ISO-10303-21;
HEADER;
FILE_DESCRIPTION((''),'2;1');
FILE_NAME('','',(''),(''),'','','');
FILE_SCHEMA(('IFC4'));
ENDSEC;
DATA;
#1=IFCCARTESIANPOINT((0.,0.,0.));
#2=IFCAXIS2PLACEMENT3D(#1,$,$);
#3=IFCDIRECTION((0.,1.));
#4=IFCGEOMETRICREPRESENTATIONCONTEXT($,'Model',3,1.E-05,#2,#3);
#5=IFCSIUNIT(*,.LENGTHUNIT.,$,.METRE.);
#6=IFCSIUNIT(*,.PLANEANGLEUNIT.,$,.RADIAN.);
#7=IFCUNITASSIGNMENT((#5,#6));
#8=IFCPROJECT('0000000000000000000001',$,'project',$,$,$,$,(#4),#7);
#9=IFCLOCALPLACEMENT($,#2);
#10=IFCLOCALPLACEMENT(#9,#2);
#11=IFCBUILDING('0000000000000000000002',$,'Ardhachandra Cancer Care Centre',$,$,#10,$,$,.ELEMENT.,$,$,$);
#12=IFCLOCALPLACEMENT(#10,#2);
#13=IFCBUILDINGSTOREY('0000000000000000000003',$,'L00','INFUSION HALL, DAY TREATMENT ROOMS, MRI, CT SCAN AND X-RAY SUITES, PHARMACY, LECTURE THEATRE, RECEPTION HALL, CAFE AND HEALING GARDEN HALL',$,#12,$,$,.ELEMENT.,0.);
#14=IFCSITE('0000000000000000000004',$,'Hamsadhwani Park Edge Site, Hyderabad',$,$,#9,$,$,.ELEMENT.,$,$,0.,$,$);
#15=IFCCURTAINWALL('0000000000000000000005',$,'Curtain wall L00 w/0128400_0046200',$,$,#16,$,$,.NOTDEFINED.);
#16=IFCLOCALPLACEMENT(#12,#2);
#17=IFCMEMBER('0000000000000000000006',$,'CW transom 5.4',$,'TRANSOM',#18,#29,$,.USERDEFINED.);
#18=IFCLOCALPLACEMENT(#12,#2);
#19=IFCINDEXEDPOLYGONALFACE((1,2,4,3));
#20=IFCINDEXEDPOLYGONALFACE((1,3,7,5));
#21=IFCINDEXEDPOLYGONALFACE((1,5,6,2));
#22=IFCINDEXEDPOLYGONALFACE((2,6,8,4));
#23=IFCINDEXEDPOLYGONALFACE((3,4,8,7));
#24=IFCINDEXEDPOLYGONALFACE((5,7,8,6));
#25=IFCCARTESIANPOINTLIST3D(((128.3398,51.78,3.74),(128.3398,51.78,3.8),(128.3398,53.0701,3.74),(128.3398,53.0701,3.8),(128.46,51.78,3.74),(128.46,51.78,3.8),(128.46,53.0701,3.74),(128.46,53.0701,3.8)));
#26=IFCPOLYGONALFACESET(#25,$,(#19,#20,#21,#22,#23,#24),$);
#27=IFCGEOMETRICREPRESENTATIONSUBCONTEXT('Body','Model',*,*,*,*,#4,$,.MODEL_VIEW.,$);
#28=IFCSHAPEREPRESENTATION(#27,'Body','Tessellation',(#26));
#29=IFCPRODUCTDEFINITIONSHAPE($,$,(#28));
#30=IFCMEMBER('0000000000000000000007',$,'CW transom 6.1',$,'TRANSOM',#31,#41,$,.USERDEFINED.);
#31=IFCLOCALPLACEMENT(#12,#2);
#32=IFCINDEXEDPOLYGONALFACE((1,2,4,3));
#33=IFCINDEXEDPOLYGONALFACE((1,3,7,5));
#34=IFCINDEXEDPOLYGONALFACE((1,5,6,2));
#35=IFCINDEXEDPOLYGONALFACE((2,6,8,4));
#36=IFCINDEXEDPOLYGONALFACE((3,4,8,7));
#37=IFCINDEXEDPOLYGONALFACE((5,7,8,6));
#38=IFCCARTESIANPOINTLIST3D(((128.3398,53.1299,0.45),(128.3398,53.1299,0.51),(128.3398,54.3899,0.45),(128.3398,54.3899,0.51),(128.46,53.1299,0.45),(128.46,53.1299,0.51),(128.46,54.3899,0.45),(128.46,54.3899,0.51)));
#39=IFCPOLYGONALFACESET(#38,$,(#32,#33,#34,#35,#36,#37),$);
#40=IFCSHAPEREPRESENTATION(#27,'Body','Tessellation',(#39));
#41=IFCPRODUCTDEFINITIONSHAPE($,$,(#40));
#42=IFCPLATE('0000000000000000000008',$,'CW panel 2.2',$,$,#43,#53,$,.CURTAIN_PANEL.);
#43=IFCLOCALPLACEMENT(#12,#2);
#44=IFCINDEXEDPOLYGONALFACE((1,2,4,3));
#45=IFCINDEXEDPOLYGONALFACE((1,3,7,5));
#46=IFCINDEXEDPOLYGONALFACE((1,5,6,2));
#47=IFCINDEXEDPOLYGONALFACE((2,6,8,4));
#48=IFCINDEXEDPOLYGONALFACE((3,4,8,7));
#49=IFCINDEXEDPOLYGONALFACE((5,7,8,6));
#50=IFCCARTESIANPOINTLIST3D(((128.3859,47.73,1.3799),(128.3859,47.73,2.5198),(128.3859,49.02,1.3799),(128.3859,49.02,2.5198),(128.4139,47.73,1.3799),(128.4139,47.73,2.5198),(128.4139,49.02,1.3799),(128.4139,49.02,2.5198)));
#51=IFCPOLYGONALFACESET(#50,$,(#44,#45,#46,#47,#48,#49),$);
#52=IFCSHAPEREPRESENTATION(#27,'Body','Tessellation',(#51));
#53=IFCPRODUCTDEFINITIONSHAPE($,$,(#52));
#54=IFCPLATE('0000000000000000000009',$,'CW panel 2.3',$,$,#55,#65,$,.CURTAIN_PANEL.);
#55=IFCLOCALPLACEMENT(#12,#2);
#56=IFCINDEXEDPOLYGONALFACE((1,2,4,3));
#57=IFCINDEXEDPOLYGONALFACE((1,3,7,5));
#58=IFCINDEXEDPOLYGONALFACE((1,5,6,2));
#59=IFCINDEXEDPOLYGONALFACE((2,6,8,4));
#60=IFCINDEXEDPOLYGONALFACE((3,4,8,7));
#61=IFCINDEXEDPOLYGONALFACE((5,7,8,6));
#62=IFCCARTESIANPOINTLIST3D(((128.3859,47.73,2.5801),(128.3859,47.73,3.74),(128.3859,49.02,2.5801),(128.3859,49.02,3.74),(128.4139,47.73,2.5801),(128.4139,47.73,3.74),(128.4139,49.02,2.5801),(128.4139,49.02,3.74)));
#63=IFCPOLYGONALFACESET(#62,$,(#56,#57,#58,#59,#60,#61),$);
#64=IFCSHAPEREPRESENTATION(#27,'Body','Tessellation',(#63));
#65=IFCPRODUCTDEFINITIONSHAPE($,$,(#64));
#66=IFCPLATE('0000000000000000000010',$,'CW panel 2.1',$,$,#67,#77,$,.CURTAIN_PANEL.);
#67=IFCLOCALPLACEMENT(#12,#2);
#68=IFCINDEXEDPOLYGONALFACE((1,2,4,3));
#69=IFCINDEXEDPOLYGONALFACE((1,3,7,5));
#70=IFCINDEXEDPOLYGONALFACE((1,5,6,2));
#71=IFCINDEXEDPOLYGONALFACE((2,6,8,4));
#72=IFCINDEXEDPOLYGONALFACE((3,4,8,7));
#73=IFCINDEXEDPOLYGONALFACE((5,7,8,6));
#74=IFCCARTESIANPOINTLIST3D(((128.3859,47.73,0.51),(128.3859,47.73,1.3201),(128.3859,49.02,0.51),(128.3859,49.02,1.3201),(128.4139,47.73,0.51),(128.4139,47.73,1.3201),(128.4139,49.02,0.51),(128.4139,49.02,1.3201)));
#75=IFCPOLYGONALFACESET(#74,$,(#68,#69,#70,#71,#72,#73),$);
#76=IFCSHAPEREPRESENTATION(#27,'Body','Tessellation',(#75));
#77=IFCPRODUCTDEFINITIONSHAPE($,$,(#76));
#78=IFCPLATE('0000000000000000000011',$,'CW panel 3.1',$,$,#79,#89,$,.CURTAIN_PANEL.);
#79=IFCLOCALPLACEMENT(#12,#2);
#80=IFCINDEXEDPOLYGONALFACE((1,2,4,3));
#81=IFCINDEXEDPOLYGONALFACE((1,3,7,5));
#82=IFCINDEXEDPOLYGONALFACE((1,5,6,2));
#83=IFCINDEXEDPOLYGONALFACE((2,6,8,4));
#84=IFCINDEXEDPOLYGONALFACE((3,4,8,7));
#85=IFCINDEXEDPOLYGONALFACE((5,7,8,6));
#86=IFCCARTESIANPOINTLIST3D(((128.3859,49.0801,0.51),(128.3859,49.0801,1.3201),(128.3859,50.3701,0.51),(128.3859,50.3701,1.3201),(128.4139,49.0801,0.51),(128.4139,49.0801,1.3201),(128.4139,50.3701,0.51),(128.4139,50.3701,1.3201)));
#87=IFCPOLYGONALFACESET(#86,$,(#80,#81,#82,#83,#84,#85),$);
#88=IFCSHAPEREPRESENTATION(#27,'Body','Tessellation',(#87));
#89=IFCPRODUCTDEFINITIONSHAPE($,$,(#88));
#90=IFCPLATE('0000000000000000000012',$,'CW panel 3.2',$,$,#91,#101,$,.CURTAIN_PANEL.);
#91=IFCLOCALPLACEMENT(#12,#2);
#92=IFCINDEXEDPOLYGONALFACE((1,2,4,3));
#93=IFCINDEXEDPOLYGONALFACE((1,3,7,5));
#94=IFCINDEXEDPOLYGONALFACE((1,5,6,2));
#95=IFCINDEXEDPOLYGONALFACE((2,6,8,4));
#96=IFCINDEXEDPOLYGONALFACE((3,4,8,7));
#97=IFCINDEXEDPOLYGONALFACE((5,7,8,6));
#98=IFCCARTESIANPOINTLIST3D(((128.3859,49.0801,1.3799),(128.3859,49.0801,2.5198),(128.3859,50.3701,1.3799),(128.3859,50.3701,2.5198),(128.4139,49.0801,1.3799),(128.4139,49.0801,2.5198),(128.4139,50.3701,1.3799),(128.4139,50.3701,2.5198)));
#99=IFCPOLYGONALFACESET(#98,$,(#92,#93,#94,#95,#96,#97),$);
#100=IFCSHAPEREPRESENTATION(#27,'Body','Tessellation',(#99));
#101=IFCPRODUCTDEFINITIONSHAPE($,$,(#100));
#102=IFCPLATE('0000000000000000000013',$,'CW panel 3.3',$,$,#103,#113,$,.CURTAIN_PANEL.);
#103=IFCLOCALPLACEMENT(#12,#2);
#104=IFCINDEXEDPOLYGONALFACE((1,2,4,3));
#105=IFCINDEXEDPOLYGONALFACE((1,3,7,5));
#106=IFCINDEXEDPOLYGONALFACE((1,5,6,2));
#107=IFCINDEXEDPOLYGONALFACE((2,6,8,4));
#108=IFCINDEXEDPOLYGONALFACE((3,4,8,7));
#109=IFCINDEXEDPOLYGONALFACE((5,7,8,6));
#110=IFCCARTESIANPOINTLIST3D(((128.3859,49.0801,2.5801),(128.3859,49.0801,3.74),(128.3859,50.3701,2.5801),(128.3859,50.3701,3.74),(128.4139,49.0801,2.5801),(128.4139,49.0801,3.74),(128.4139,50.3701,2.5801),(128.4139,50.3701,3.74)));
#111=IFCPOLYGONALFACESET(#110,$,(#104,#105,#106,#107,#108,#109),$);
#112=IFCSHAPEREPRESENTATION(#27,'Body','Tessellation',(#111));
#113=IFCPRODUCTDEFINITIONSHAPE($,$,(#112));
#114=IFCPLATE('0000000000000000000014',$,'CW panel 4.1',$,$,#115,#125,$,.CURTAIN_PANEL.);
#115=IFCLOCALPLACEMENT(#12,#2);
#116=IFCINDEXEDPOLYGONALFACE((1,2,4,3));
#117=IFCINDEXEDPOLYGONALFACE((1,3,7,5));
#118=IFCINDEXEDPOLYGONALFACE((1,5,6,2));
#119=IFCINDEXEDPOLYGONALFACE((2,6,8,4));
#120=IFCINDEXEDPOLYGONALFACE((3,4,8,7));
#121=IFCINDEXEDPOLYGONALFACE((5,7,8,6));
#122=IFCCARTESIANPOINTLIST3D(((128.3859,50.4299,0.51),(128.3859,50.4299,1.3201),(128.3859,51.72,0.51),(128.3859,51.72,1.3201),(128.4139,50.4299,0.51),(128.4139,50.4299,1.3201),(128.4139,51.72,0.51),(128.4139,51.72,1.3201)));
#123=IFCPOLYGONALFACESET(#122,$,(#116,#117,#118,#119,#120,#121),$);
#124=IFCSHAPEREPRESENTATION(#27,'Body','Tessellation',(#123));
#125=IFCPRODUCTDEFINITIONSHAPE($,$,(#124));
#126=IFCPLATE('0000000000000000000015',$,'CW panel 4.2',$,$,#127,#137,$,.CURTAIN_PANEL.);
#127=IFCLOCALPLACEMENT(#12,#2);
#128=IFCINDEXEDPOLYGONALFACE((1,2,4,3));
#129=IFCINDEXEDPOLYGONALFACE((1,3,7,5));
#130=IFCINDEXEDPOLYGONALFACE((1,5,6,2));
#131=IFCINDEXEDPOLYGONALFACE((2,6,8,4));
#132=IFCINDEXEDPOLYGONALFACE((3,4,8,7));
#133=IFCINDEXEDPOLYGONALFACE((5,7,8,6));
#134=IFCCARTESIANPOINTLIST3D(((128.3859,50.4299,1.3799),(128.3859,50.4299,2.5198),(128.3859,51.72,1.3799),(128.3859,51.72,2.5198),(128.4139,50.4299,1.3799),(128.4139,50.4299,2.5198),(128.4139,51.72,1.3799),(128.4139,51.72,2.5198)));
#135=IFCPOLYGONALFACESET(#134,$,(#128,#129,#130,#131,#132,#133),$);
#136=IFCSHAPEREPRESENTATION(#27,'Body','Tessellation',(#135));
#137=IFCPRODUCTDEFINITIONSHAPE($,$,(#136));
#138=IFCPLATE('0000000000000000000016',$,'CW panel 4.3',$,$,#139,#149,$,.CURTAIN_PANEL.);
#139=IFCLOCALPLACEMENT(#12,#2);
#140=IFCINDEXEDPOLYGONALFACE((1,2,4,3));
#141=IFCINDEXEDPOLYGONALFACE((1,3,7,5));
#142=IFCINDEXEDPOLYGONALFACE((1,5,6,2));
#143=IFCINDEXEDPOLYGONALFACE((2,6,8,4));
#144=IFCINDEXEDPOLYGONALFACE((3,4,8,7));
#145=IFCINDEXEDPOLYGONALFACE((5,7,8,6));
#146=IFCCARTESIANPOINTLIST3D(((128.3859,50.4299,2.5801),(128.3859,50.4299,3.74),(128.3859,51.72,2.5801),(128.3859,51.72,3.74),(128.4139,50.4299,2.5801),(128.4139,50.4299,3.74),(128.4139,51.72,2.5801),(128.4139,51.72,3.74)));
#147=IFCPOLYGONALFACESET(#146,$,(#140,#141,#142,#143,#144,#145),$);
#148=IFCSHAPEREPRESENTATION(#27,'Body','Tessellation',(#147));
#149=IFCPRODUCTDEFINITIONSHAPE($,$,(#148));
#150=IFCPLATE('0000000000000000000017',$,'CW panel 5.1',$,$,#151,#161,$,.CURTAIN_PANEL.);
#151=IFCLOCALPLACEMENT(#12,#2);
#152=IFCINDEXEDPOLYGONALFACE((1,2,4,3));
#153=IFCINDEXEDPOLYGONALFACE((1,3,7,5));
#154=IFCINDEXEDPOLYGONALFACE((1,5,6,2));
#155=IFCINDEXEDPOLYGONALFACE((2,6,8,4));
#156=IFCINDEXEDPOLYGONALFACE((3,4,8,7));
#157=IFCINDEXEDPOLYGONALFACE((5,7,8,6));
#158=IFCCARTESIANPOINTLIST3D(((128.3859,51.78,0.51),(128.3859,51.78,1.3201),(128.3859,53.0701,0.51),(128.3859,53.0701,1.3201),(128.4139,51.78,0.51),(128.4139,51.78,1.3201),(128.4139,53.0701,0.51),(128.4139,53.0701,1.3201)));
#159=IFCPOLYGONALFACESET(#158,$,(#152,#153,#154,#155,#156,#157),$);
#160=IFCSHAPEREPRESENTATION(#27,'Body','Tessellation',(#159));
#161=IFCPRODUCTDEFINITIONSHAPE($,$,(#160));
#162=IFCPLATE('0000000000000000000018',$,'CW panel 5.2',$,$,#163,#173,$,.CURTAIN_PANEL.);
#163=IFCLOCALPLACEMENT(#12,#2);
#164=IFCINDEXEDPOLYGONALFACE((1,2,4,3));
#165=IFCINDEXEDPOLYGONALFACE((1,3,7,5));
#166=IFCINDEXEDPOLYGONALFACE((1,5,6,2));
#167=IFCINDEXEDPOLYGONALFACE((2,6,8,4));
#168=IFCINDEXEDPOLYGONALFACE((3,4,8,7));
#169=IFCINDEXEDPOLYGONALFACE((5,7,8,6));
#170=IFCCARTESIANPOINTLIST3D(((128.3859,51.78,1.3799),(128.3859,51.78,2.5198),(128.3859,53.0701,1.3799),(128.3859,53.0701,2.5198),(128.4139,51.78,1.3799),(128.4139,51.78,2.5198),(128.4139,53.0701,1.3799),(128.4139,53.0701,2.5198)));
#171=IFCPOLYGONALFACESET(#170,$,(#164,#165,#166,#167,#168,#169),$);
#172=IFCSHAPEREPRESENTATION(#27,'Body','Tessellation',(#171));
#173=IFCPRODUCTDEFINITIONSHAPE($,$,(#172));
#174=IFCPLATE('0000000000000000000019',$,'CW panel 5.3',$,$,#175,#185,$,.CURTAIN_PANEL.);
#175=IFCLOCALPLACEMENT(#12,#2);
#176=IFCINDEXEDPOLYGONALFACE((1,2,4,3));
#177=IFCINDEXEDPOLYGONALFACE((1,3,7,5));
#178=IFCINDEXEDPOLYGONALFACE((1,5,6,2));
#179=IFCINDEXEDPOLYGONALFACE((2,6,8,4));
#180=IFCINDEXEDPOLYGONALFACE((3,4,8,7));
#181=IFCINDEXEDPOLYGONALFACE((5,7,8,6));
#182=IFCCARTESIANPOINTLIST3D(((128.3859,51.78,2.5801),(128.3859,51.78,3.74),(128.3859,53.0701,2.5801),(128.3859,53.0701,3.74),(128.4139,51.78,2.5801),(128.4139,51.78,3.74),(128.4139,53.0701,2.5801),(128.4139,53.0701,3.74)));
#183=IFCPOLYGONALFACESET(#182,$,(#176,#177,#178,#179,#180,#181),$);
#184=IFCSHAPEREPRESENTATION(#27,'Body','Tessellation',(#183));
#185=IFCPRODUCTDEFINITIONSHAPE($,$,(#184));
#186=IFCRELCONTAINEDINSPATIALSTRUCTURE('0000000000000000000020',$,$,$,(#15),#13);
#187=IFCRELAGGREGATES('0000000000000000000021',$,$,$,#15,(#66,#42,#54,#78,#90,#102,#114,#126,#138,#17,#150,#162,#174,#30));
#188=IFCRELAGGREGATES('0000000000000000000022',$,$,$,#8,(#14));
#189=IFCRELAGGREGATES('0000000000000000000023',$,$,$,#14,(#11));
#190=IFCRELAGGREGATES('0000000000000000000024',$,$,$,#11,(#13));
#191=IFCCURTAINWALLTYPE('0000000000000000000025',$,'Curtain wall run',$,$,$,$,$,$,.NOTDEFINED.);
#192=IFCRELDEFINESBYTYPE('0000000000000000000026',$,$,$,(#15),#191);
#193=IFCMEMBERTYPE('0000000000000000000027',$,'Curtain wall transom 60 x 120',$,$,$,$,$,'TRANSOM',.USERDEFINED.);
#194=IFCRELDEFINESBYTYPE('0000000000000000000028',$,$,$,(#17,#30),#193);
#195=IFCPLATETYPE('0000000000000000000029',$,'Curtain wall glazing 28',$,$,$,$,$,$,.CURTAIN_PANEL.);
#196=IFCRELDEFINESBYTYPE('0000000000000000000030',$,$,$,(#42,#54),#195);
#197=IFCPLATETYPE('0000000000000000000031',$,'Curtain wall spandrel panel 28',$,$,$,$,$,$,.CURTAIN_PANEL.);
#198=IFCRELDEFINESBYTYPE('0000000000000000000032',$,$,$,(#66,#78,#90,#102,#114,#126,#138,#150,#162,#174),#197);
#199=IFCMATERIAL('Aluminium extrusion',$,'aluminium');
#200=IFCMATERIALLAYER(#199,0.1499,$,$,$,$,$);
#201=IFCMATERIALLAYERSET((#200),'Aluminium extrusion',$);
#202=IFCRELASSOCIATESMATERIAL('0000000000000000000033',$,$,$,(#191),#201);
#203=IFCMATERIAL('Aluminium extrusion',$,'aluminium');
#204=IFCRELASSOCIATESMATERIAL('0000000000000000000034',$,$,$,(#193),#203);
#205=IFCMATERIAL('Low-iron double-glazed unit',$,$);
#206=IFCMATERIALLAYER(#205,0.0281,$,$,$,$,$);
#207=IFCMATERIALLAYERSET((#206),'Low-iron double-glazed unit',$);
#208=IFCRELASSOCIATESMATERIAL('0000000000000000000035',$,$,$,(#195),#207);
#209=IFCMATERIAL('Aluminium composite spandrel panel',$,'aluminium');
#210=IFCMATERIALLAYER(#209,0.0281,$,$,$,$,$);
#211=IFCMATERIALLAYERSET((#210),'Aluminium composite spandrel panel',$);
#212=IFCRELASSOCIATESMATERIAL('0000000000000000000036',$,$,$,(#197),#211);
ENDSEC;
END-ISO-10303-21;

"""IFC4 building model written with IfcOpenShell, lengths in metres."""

from ifc_helpers import new_model, si_unit, direction, frame, origin, origin_2d, place, context, subcontext, project, spatial, rectangle, extrude, material, layer, layer_set, material_profile, profile_set, type_object, element, aggregate, save


model = new_model("IFC4")

# Units and contexts
model_context = context("Model", 3, precision=1e-05, world=origin(), true_north=direction((0.0, 1.0)))
body_context = subcontext(model_context, "Body", "Model", "MODEL_VIEW")
ifc_project = project(units=[si_unit("LENGTHUNIT", "METRE"), si_unit("PLANEANGLEUNIT", "RADIAN")], contexts=[model_context])

# Site, building, storey
site_placement = place(None, origin())
site = spatial("IfcSite", under=ifc_project, at=site_placement, Name="Hamsadhwani Park Edge Site, Hyderabad", CompositionType="ELEMENT", RefElevation=0.0)
building_placement = place(site_placement, origin())
building = spatial("IfcBuilding", under=site, at=building_placement, Name="Ardhachandra Cancer Care Centre", CompositionType="ELEMENT")
storey_placement = place(building_placement, origin())
storey = spatial("IfcBuildingStorey", under=building, at=storey_placement, Name="L00", Description="INFUSION HALL, DAY TREATMENT ROOMS, MRI, CT SCAN AND X-RAY SUITES, PHARMACY, LECTURE THEATRE, RECEPTION HALL, CAFE AND HEALING GARDEN HALL", CompositionType="ELEMENT", Elevation=0.0)

# Curtain wall, members, plates
ifc_material_1 = material(Name="Aluminium extrusion", Category="aluminium")
ifc_layer_1 = layer(ifc_material_1, 0.1499)
ifc_layer_set_1 = layer_set([ifc_layer_1], Name="Aluminium extrusion")
curtain_wall_type = type_object("IfcCurtainWallType", Name="Curtain wall run", PredefinedType="NOTDEFINED", material=ifc_layer_set_1)
curtain_wall_placement = place(storey_placement, origin())
curtain_wall = element("IfcCurtainWall", 1, at=curtain_wall_placement, inside=storey, type_object=curtain_wall_type, Name="Curtain wall L00 w/0128400_0046200", PredefinedType="NOTDEFINED")
ifc_material_2 = material(Name="Aluminium extrusion", Category="aluminium")
ifc_material_profile_1 = material_profile(ifc_material_2, rectangle(XDim=0.1201, YDim=0.0601, at=origin_2d()), Name="Curtain wall transom 60 x 120")
ifc_profile_set_1 = profile_set([ifc_material_profile_1], Name="Aluminium extrusion")
member_type_1 = type_object("IfcMemberType", Name="Curtain wall transom 60 x 120", ElementType="TRANSOM", PredefinedType="USERDEFINED", material=ifc_profile_set_1)
member_1_placement = place(storey_placement, frame((128.3999, 51.78, 3.77), z_axis=(0.0, 1.0, 0.0), x_axis=(-1.0, 0.0, 0.0)))
member_1 = element("IfcMember", 2, at=member_1_placement, type_object=member_type_1, Name="CW transom 5.4", ObjectType="TRANSOM", PredefinedType="USERDEFINED", context=body_context, shape_type="SweptSolid", body=[
    extrude(rectangle(XDim=0.1201, YDim=0.0601, at=origin_2d()), origin(), (0.0, 0.0, 1.0), 1.29),
])
member_2_placement = place(storey_placement, frame((128.3999, 53.1299, 0.48), z_axis=(0.0, 1.0, 0.0), x_axis=(-1.0, 0.0, 0.0)))
member_2 = element("IfcMember", 3, at=member_2_placement, type_object=member_type_1, Name="CW transom 6.1", ObjectType="TRANSOM", PredefinedType="USERDEFINED", context=body_context, shape_type="SweptSolid", body=[
    extrude(rectangle(XDim=0.1201, YDim=0.0601, at=origin_2d()), origin(), (0.0, 0.0, 1.0), 1.26),
])
ifc_material_3 = material(Name="Low-iron double-glazed unit")
ifc_layer_2 = layer(ifc_material_3, 0.0281)
ifc_layer_set_2 = layer_set([ifc_layer_2], Name="Low-iron double-glazed unit")
plate_type_1 = type_object("IfcPlateType", Name="Curtain wall glazing 28", PredefinedType="CURTAIN_PANEL", material=ifc_layer_set_2)
plate_1_placement = place(storey_placement, frame((128.3999, 48.375, 1.3799), z_axis=(0.0, 0.0, 1.0), x_axis=(0.0, 1.0, 0.0)))
plate_1 = element("IfcPlate", 4, at=plate_1_placement, type_object=plate_type_1, Name="CW panel 2.2", PredefinedType="CURTAIN_PANEL", context=body_context, shape_type="SweptSolid", body=[
    extrude(rectangle(XDim=1.29, YDim=0.0281, at=origin_2d()), origin(), (0.0, 0.0, 1.0), 1.1399),
])
plate_2_placement = place(storey_placement, frame((128.3999, 48.375, 2.5801), z_axis=(0.0, 0.0, 1.0), x_axis=(0.0, 1.0, 0.0)))
plate_2 = element("IfcPlate", 5, at=plate_2_placement, type_object=plate_type_1, Name="CW panel 2.3", PredefinedType="CURTAIN_PANEL", context=body_context, shape_type="SweptSolid", body=[
    extrude(rectangle(XDim=1.29, YDim=0.0281, at=origin_2d()), origin(), (0.0, 0.0, 1.0), 1.1599),
])
ifc_material_4 = material(Name="Aluminium composite spandrel panel", Category="aluminium")
ifc_layer_3 = layer(ifc_material_4, 0.0281)
ifc_layer_set_3 = layer_set([ifc_layer_3], Name="Aluminium composite spandrel panel")
plate_type_2 = type_object("IfcPlateType", Name="Curtain wall spandrel panel 28", PredefinedType="CURTAIN_PANEL", material=ifc_layer_set_3)
plate_3_placement = place(storey_placement, frame((128.3999, 48.375, 0.51), z_axis=(0.0, 0.0, 1.0), x_axis=(0.0, 1.0, 0.0)))
plate_3 = element("IfcPlate", 6, at=plate_3_placement, type_object=plate_type_2, Name="CW panel 2.1", PredefinedType="CURTAIN_PANEL", context=body_context, shape_type="SweptSolid", body=[
    extrude(rectangle(XDim=1.29, YDim=0.0281, at=origin_2d()), origin(), (0.0, 0.0, 1.0), 0.8101),
])
plate_4_placement = place(storey_placement, frame((128.3999, 49.7251, 0.51), z_axis=(0.0, 0.0, 1.0), x_axis=(0.0, 1.0, 0.0)))
plate_4 = element("IfcPlate", 7, at=plate_4_placement, type_object=plate_type_2, Name="CW panel 3.1", PredefinedType="CURTAIN_PANEL", context=body_context, shape_type="SweptSolid", body=[
    extrude(rectangle(XDim=1.29, YDim=0.0281, at=origin_2d()), origin(), (0.0, 0.0, 1.0), 0.8101),
])
plate_5_placement = place(storey_placement, frame((128.3999, 49.7251, 1.3799), z_axis=(0.0, 0.0, 1.0), x_axis=(0.0, 1.0, 0.0)))
plate_5 = element("IfcPlate", 8, at=plate_5_placement, type_object=plate_type_2, Name="CW panel 3.2", PredefinedType="CURTAIN_PANEL", context=body_context, shape_type="SweptSolid", body=[
    extrude(rectangle(XDim=1.29, YDim=0.0281, at=origin_2d()), origin(), (0.0, 0.0, 1.0), 1.1399),
])
plate_6_placement = place(storey_placement, frame((128.3999, 49.7251, 2.5801), z_axis=(0.0, 0.0, 1.0), x_axis=(0.0, 1.0, 0.0)))
plate_6 = element("IfcPlate", 9, at=plate_6_placement, type_object=plate_type_2, Name="CW panel 3.3", PredefinedType="CURTAIN_PANEL", context=body_context, shape_type="SweptSolid", body=[
    extrude(rectangle(XDim=1.29, YDim=0.0281, at=origin_2d()), origin(), (0.0, 0.0, 1.0), 1.1599),
])
plate_7_placement = place(storey_placement, frame((128.3999, 51.075, 0.51), z_axis=(0.0, 0.0, 1.0), x_axis=(0.0, 1.0, 0.0)))
plate_7 = element("IfcPlate", 10, at=plate_7_placement, type_object=plate_type_2, Name="CW panel 4.1", PredefinedType="CURTAIN_PANEL", context=body_context, shape_type="SweptSolid", body=[
    extrude(rectangle(XDim=1.29, YDim=0.0281, at=origin_2d()), origin(), (0.0, 0.0, 1.0), 0.8101),
])
plate_8_placement = place(storey_placement, frame((128.3999, 51.075, 1.3799), z_axis=(0.0, 0.0, 1.0), x_axis=(0.0, 1.0, 0.0)))
plate_8 = element("IfcPlate", 11, at=plate_8_placement, type_object=plate_type_2, Name="CW panel 4.2", PredefinedType="CURTAIN_PANEL", context=body_context, shape_type="SweptSolid", body=[
    extrude(rectangle(XDim=1.29, YDim=0.0281, at=origin_2d()), origin(), (0.0, 0.0, 1.0), 1.1399),
])
plate_9_placement = place(storey_placement, frame((128.3999, 51.075, 2.5801), z_axis=(0.0, 0.0, 1.0), x_axis=(0.0, 1.0, 0.0)))
plate_9 = element("IfcPlate", 12, at=plate_9_placement, type_object=plate_type_2, Name="CW panel 4.3", PredefinedType="CURTAIN_PANEL", context=body_context, shape_type="SweptSolid", body=[
    extrude(rectangle(XDim=1.29, YDim=0.0281, at=origin_2d()), origin(), (0.0, 0.0, 1.0), 1.1599),
])
plate_10_placement = place(storey_placement, frame((128.3999, 52.425, 0.51), z_axis=(0.0, 0.0, 1.0), x_axis=(0.0, 1.0, 0.0)))
plate_10 = element("IfcPlate", 13, at=plate_10_placement, type_object=plate_type_2, Name="CW panel 5.1", PredefinedType="CURTAIN_PANEL", context=body_context, shape_type="SweptSolid", body=[
    extrude(rectangle(XDim=1.29, YDim=0.0281, at=origin_2d()), origin(), (0.0, 0.0, 1.0), 0.8101),
])
plate_11_placement = place(storey_placement, frame((128.3999, 52.425, 1.3799), z_axis=(0.0, 0.0, 1.0), x_axis=(0.0, 1.0, 0.0)))
plate_11 = element("IfcPlate", 14, at=plate_11_placement, type_object=plate_type_2, Name="CW panel 5.2", PredefinedType="CURTAIN_PANEL", context=body_context, shape_type="SweptSolid", body=[
    extrude(rectangle(XDim=1.29, YDim=0.0281, at=origin_2d()), origin(), (0.0, 0.0, 1.0), 1.1399),
])
plate_12_placement = place(storey_placement, frame((128.3999, 52.425, 2.5801), z_axis=(0.0, 0.0, 1.0), x_axis=(0.0, 1.0, 0.0)))
plate_12 = element("IfcPlate", 15, at=plate_12_placement, type_object=plate_type_2, Name="CW panel 5.3", PredefinedType="CURTAIN_PANEL", context=body_context, shape_type="SweptSolid", body=[
    extrude(rectangle(XDim=1.29, YDim=0.0281, at=origin_2d()), origin(), (0.0, 0.0, 1.0), 1.1599),
])
aggregate(curtain_wall, [plate_3, plate_1, plate_2, plate_4, plate_5, plate_6, plate_7, plate_8, plate_9, member_1, plate_10, plate_11, plate_12, member_2])

save(model, "model.ifc")
